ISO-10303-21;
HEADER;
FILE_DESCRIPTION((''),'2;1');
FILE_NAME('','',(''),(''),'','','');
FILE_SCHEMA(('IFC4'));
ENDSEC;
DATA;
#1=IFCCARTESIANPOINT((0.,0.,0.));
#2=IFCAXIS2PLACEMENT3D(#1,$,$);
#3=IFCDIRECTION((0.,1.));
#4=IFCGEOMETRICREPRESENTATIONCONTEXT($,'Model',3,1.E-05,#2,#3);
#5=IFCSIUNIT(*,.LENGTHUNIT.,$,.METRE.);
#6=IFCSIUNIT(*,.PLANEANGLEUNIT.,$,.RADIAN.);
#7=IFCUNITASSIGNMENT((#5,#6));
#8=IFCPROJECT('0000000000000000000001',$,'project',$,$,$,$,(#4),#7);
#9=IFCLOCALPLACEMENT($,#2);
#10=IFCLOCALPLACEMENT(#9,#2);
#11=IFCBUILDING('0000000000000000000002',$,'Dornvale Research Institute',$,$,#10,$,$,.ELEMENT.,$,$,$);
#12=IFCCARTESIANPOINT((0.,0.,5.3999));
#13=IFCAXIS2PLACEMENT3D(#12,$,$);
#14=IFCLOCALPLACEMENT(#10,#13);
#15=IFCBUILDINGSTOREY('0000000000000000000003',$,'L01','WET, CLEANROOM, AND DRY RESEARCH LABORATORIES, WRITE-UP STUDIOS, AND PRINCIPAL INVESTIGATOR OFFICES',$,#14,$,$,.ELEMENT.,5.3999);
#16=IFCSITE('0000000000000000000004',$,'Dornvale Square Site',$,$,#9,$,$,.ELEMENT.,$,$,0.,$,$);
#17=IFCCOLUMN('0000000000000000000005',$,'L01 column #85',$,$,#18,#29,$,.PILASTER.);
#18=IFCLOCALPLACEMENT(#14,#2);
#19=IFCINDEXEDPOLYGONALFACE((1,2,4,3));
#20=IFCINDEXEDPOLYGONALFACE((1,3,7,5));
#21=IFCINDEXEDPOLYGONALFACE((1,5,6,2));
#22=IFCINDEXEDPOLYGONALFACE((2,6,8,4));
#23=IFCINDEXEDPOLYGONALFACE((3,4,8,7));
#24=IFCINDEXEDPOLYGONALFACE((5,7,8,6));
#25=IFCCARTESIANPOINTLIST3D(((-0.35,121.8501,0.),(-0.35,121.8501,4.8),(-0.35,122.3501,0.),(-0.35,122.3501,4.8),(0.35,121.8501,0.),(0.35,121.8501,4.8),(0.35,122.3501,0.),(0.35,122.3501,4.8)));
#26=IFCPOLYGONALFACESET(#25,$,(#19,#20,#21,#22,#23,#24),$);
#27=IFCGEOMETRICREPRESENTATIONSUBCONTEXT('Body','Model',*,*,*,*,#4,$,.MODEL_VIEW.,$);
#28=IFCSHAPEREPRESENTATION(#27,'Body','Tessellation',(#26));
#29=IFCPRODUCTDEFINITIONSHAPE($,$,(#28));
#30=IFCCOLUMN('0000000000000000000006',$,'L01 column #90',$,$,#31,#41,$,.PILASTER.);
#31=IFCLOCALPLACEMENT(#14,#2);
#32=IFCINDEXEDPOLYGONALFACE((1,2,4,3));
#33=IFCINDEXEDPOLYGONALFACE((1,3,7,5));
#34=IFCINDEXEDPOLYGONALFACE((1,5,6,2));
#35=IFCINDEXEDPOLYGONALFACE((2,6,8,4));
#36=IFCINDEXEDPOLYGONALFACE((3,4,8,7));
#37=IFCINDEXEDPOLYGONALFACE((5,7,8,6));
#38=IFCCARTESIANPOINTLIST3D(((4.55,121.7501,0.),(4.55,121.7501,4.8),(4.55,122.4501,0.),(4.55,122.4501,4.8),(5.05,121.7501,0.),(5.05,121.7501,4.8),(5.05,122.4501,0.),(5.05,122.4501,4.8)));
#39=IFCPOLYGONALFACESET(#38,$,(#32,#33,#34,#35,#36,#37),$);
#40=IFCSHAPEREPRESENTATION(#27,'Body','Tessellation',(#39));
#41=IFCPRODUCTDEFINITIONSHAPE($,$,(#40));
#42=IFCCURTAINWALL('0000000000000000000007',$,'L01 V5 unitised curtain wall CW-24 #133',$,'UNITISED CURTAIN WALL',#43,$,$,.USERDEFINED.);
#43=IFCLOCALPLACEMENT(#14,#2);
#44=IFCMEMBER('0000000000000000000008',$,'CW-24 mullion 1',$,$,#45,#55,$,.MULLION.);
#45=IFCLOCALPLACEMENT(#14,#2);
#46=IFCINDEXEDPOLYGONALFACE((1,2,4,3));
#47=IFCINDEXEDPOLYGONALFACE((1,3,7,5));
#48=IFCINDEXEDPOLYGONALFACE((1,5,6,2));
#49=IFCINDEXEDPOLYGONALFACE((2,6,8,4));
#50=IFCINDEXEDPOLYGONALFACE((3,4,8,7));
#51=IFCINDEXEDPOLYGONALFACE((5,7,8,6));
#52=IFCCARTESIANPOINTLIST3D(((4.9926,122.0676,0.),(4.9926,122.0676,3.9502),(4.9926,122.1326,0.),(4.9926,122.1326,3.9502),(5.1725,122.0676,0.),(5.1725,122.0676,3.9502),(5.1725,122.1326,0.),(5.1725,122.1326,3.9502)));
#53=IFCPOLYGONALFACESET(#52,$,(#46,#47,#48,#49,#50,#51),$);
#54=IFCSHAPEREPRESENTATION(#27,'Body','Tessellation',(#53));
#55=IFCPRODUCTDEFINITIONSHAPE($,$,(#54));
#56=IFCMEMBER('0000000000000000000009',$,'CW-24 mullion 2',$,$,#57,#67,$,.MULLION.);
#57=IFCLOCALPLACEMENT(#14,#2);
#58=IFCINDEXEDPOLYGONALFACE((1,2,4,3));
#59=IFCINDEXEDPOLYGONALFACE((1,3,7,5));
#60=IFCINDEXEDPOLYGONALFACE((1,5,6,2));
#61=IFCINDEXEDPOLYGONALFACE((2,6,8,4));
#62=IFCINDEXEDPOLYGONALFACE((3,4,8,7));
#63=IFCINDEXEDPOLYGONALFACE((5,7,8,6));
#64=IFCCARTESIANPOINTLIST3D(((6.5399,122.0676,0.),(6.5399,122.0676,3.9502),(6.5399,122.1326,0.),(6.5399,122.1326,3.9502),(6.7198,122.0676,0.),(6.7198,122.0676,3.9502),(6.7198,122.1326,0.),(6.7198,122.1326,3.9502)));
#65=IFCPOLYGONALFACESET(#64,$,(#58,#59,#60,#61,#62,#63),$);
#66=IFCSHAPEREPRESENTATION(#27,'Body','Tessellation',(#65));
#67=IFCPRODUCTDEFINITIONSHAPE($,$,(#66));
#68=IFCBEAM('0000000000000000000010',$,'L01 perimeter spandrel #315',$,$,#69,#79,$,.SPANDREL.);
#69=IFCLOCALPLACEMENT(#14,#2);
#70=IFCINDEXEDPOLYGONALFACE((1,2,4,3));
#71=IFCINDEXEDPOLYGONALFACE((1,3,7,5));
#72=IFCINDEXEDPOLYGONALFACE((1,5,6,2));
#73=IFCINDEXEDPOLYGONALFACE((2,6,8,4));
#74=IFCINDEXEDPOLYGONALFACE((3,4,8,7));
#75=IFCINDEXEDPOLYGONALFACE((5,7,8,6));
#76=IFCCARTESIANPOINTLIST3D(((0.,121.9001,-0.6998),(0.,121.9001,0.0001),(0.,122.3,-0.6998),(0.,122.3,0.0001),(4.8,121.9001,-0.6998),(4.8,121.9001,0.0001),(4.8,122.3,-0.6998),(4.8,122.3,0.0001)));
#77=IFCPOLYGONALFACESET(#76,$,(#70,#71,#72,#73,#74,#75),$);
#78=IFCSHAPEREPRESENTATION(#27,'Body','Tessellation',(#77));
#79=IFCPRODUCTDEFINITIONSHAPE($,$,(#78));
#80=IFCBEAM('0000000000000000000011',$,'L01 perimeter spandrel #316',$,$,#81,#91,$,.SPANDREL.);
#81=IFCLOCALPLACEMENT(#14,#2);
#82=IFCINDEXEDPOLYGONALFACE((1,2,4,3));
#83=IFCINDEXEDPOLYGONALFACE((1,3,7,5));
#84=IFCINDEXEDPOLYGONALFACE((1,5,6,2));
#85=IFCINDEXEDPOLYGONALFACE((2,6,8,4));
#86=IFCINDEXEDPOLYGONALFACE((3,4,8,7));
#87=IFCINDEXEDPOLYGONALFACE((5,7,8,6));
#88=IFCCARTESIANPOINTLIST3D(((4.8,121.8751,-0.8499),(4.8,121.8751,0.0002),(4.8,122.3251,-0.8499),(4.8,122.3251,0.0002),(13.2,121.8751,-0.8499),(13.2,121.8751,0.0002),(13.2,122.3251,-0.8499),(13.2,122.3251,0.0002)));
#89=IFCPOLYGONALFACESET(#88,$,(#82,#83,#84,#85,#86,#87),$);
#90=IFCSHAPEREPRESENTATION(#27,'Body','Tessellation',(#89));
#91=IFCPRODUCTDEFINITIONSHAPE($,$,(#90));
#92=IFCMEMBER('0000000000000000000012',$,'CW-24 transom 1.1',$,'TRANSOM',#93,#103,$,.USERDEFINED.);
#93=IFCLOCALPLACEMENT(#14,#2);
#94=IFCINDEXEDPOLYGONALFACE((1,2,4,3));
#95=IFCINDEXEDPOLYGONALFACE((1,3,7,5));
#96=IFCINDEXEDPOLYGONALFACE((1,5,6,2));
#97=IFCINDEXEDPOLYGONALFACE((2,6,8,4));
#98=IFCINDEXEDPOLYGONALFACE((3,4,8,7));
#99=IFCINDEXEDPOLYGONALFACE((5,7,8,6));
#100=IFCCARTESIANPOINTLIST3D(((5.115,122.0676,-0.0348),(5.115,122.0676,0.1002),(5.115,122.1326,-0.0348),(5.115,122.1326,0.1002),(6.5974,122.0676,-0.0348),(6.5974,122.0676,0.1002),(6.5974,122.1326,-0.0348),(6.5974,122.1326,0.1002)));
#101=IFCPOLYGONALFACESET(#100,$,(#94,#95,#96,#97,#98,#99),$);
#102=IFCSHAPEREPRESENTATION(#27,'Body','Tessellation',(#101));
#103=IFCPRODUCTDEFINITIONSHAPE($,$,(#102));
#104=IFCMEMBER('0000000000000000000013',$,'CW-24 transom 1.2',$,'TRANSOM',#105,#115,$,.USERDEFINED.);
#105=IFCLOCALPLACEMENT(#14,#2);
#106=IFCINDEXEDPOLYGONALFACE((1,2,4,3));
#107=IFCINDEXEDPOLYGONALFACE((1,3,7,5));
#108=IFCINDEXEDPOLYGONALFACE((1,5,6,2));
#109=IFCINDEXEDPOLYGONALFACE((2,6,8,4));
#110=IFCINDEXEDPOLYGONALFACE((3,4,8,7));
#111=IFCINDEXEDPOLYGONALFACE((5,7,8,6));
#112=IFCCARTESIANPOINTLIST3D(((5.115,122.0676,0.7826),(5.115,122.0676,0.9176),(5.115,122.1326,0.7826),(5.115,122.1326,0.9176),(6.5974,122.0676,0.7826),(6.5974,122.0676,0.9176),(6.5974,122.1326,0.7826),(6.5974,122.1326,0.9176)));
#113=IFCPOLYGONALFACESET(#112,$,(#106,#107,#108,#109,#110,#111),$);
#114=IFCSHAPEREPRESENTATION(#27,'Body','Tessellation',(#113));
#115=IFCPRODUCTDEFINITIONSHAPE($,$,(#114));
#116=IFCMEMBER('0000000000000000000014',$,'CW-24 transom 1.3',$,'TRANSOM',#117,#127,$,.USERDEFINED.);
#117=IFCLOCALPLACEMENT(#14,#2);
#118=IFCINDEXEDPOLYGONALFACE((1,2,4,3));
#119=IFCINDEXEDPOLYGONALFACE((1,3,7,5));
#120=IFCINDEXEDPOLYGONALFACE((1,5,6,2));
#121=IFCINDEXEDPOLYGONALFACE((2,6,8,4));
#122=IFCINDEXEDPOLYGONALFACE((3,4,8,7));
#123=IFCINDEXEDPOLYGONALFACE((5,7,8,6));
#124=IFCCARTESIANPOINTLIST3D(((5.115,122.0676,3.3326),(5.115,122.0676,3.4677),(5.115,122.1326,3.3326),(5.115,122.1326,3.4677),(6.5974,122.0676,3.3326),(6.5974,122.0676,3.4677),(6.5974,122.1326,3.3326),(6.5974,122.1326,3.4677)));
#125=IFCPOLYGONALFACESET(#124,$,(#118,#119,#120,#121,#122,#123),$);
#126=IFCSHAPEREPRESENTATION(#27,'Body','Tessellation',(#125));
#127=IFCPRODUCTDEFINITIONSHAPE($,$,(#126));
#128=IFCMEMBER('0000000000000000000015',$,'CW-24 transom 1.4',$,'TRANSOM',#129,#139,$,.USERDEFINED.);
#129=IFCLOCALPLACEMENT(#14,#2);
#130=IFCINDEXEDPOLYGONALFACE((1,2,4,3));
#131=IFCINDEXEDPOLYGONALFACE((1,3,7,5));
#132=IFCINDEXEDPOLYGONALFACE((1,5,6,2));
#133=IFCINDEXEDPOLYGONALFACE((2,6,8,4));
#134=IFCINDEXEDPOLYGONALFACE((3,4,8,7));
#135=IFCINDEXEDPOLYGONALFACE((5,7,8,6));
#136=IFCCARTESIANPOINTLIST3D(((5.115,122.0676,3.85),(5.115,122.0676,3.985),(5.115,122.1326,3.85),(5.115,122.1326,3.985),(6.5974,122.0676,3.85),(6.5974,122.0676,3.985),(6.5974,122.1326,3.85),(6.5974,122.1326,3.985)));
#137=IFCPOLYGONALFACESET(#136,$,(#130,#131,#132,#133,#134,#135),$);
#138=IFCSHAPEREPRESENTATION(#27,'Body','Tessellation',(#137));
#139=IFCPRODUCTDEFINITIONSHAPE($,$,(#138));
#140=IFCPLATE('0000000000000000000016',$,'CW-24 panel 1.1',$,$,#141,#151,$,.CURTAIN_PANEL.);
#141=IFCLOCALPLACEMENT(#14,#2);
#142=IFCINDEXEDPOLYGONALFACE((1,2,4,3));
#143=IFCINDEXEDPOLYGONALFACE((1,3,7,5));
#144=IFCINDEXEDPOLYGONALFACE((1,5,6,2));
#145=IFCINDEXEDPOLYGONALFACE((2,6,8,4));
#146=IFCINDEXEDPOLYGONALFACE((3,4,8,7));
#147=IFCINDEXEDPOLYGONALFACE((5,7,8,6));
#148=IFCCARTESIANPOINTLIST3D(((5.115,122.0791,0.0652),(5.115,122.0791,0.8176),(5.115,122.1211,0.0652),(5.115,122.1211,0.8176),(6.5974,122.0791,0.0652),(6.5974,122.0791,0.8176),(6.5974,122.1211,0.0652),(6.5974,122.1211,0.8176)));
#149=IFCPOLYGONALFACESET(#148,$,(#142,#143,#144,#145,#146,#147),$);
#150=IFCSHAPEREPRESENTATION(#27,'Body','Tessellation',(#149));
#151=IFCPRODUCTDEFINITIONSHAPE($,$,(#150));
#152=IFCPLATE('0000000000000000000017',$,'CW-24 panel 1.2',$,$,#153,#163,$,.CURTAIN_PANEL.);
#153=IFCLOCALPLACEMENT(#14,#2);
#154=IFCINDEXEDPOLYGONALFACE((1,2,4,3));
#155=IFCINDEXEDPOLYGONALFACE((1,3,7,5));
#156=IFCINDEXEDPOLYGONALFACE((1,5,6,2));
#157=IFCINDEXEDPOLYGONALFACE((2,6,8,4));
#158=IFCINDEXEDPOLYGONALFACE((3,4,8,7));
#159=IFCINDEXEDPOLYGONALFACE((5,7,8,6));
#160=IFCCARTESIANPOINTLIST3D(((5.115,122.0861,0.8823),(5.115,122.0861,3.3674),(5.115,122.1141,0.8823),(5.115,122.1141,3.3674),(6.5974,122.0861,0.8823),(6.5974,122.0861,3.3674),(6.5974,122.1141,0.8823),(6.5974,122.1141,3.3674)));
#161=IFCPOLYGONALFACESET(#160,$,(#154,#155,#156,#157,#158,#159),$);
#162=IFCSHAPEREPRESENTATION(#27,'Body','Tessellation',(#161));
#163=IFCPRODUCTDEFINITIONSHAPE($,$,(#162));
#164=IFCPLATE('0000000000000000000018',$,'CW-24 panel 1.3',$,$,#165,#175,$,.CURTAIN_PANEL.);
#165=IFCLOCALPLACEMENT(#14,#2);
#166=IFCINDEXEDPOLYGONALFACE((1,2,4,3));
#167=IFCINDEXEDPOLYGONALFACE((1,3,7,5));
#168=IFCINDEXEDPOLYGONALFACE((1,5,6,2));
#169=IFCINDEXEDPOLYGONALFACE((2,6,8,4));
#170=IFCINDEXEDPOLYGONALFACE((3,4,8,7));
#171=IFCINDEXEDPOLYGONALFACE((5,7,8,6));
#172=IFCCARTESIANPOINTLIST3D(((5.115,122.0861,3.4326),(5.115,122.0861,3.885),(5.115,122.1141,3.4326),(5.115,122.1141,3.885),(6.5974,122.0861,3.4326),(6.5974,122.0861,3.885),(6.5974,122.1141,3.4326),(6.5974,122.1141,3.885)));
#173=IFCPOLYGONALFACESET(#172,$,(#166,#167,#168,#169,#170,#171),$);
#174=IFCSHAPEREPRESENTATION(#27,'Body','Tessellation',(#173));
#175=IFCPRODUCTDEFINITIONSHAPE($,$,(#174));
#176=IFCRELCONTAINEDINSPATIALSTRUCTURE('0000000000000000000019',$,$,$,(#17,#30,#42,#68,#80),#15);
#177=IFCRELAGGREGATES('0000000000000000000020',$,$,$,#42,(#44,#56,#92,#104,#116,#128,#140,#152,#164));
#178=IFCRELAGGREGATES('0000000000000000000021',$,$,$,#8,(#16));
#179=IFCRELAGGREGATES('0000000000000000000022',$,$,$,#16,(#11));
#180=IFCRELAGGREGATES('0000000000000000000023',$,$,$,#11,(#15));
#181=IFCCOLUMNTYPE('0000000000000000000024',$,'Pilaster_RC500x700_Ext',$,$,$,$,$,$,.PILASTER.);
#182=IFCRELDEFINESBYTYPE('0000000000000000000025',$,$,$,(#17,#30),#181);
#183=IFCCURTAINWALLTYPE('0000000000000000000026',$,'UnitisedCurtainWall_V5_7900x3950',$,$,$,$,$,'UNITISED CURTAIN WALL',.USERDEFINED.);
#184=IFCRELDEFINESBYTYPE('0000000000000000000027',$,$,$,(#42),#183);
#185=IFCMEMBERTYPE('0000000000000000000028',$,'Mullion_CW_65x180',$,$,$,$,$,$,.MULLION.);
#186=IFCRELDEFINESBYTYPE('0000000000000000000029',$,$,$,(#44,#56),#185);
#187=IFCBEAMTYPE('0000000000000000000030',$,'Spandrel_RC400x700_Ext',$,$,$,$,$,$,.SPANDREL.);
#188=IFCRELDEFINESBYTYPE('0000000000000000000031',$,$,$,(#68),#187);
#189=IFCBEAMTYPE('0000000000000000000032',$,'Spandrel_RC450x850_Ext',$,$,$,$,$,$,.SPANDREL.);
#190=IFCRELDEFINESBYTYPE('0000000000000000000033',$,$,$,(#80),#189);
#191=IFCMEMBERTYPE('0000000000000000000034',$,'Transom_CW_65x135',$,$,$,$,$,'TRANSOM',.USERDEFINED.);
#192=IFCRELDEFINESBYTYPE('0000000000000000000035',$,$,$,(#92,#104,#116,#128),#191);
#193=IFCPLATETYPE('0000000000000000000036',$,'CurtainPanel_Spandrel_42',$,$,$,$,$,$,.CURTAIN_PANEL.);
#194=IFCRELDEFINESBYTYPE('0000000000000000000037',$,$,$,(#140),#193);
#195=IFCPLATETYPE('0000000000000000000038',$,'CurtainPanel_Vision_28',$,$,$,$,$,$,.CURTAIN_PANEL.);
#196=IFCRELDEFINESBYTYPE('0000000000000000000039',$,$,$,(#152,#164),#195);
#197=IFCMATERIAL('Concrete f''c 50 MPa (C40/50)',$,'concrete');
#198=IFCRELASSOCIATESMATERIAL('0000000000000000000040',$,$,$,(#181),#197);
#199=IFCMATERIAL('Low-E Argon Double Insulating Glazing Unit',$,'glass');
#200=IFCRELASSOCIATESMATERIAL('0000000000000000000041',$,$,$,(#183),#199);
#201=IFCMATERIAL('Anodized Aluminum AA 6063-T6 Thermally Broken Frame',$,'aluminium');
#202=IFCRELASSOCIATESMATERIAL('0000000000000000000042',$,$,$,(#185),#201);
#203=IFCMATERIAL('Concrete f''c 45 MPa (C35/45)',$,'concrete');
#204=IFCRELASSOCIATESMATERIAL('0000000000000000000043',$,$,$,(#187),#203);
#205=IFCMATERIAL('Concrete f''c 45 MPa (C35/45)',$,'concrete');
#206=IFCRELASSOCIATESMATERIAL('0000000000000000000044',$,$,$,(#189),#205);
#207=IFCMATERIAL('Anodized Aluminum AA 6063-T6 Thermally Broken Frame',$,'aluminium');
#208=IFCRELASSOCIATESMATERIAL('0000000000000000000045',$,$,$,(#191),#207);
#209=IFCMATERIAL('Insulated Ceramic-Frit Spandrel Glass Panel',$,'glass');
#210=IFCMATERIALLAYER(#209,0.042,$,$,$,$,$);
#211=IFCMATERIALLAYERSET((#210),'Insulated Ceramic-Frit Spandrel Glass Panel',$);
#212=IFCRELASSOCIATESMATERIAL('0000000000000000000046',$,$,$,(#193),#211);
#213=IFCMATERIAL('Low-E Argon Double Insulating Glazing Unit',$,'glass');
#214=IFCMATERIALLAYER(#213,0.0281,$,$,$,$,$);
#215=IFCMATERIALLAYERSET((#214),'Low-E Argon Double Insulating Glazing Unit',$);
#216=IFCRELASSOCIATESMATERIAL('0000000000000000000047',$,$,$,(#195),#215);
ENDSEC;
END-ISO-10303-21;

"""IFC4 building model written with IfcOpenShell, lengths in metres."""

from ifc_helpers import new_model, si_unit, direction, frame, origin, origin_2d, place, context, subcontext, project, spatial, rectangle, extrude, material, layer, layer_set, material_profile, profile_set, type_object, element, aggregate, save


model = new_model("IFC4")

# Units and contexts
model_context = context("Model", 3, precision=1e-05, world=origin(), true_north=direction((0.0, 1.0)))
body_context = subcontext(model_context, "Body", "Model", "MODEL_VIEW")
ifc_project = project(units=[si_unit("LENGTHUNIT", "METRE"), si_unit("PLANEANGLEUNIT", "RADIAN")], contexts=[model_context])

# Site, building, storey
site_placement = place(None, origin())
site = spatial("IfcSite", under=ifc_project, at=site_placement, Name="Dornvale Square Site", CompositionType="ELEMENT", RefElevation=0.0)
building_placement = place(site_placement, origin())
building = spatial("IfcBuilding", under=site, at=building_placement, Name="Dornvale Research Institute", CompositionType="ELEMENT")
storey_placement = place(building_placement, frame((0.0, 0.0, 5.3999)))
storey = spatial("IfcBuildingStorey", under=building, at=storey_placement, Name="L01", Description="WET, CLEANROOM, AND DRY RESEARCH LABORATORIES, WRITE-UP STUDIOS, AND PRINCIPAL INVESTIGATOR OFFICES", CompositionType="ELEMENT", Elevation=5.3999)

# Columns
ifc_material_1 = material(Name="Concrete f'c 50 MPa (C40/50)", Category="concrete")
ifc_material_profile_1 = material_profile(ifc_material_1, rectangle(XDim=0.5, YDim=0.7, at=origin_2d()), Name="RC 500x700")
ifc_profile_set_1 = profile_set([ifc_material_profile_1], Name="Concrete f'c 50 MPa (C40/50)")
column_type = type_object("IfcColumnType", Name="Pilaster_RC500x700_Ext", PredefinedType="PILASTER", material=ifc_profile_set_1)
for number, where, z_axis, x_axis, name in (
    (1, (0.0, 122.1001, 0.0), (0.0, 0.0, 1.0), (0.0, 1.0, 0.0), "L01 column #85"),
    (2, (4.8, 122.1001, 0.0), (0.0, 0.0, 1.0), (1.0, 0.0, 0.0), "L01 column #90"),
):
    element("IfcColumn", number, at=place(storey_placement, frame(where, z_axis=z_axis, x_axis=x_axis)), inside=storey, type_object=column_type, Name=name, PredefinedType="PILASTER", context=body_context, shape_type="SweptSolid", body=[
        extrude(rectangle(XDim=0.5, YDim=0.7, at=origin_2d()), origin(), (0.0, 0.0, 1.0), 4.8),
    ])

# Curtain wall, members
ifc_material_2 = material(Name="Low-E Argon Double Insulating Glazing Unit", Category="glass")
curtain_wall_type = type_object("IfcCurtainWallType", Name="UnitisedCurtainWall_V5_7900x3950", ElementType="UNITISED CURTAIN WALL", PredefinedType="USERDEFINED", material=ifc_material_2)
curtain_wall_placement = place(storey_placement, origin())
curtain_wall = element("IfcCurtainWall", 3, at=curtain_wall_placement, inside=storey, type_object=curtain_wall_type, Name="L01 V5 unitised curtain wall CW-24 #133", ObjectType="UNITISED CURTAIN WALL", PredefinedType="USERDEFINED")
ifc_material_3 = material(Name="Anodized Aluminum AA 6063-T6 Thermally Broken Frame", Category="aluminium")
ifc_material_profile_2 = material_profile(ifc_material_3, rectangle(XDim=0.0649, YDim=0.1799, at=origin_2d()), Name="ALU MULLION 65x180")
ifc_profile_set_2 = profile_set([ifc_material_profile_2], Name="Anodized Aluminum AA 6063-T6 Thermally Broken Frame")
member_type_1 = type_object("IfcMemberType", Name="Mullion_CW_65x180", PredefinedType="MULLION", material=ifc_profile_set_2)
member_1_placement = place(storey_placement, frame((5.0825, 122.1001, 0.0), z_axis=(0.0, 0.0, 1.0), x_axis=(0.0, 1.0, 0.0)))
member_1 = element("IfcMember", 4, at=member_1_placement, type_object=member_type_1, Name="CW-24 mullion 1", PredefinedType="MULLION", context=body_context, shape_type="SweptSolid", body=[
    extrude(rectangle(XDim=0.0649, YDim=0.1799, at=origin_2d()), origin(), (0.0, 0.0, 1.0), 3.9502),
])
member_2_placement = place(storey_placement, frame((6.6299, 122.1001, 0.0), z_axis=(0.0, 0.0, 1.0), x_axis=(0.0, 1.0, 0.0)))
member_2 = element("IfcMember", 5, at=member_2_placement, type_object=member_type_1, Name="CW-24 mullion 2", PredefinedType="MULLION", context=body_context, shape_type="SweptSolid", body=[
    extrude(rectangle(XDim=0.0649, YDim=0.1799, at=origin_2d()), origin(), (0.0, 0.0, 1.0), 3.9502),
])

# Beams
ifc_material_4 = material(Name="Concrete f'c 45 MPa (C35/45)", Category="concrete")
ifc_material_profile_3 = material_profile(ifc_material_4, rectangle(XDim=0.3999, YDim=0.7, at=origin_2d()), Name="RC 400x700")
ifc_profile_set_3 = profile_set([ifc_material_profile_3], Name="Concrete f'c 45 MPa (C35/45)")
beam_type_1 = type_object("IfcBeamType", Name="Spandrel_RC400x700_Ext", PredefinedType="SPANDREL", material=ifc_profile_set_3)
beam_1_placement = place(storey_placement, frame((0.0, 122.1001, -0.3499), z_axis=(1.0, 0.0, 0.0), x_axis=(0.0, 1.0, 0.0)))
element("IfcBeam", 6, at=beam_1_placement, inside=storey, type_object=beam_type_1, Name="L01 perimeter spandrel #315", PredefinedType="SPANDREL", context=body_context, shape_type="SweptSolid", body=[
    extrude(rectangle(XDim=0.3999, YDim=0.7, at=origin_2d()), origin(), (0.0, 0.0, 1.0), 4.8),
])
ifc_material_5 = material(Name="Concrete f'c 45 MPa (C35/45)", Category="concrete")
ifc_material_profile_4 = material_profile(ifc_material_5, rectangle(XDim=0.45, YDim=0.8501, at=origin_2d()), Name="RC 450x850")
ifc_profile_set_4 = profile_set([ifc_material_profile_4], Name="Concrete f'c 45 MPa (C35/45)")
beam_type_2 = type_object("IfcBeamType", Name="Spandrel_RC450x850_Ext", PredefinedType="SPANDREL", material=ifc_profile_set_4)
beam_2_placement = place(storey_placement, frame((4.8, 122.1001, -0.4248), z_axis=(1.0, 0.0, 0.0), x_axis=(0.0, 1.0, 0.0)))
element("IfcBeam", 7, at=beam_2_placement, inside=storey, type_object=beam_type_2, Name="L01 perimeter spandrel #316", PredefinedType="SPANDREL", context=body_context, shape_type="SweptSolid", body=[
    extrude(rectangle(XDim=0.45, YDim=0.8501, at=origin_2d()), origin(), (0.0, 0.0, 1.0), 8.3999),
])

# Members
ifc_material_6 = material(Name="Anodized Aluminum AA 6063-T6 Thermally Broken Frame", Category="aluminium")
ifc_material_profile_5 = material_profile(ifc_material_6, rectangle(XDim=0.0649, YDim=0.135, at=origin_2d()), Name="ALU TRANSOM 65x135")
ifc_profile_set_5 = profile_set([ifc_material_profile_5], Name="Anodized Aluminum AA 6063-T6 Thermally Broken Frame")
member_type_2 = type_object("IfcMemberType", Name="Transom_CW_65x135", ElementType="TRANSOM", PredefinedType="USERDEFINED", material=ifc_profile_set_5)
member_3_placement = place(storey_placement, frame((5.115, 122.1001, 0.0327), z_axis=(1.0, 0.0, 0.0), x_axis=(0.0, 1.0, 0.0)))
member_3 = element("IfcMember", 8, at=member_3_placement, type_object=member_type_2, Name="CW-24 transom 1.1", ObjectType="TRANSOM", PredefinedType="USERDEFINED", context=body_context, shape_type="SweptSolid", body=[
    extrude(rectangle(XDim=0.0649, YDim=0.135, at=origin_2d()), origin(), (0.0, 0.0, 1.0), 1.4824),
])
member_4_placement = place(storey_placement, frame((5.115, 122.1001, 0.8501), z_axis=(1.0, 0.0, 0.0), x_axis=(0.0, 1.0, 0.0)))
member_4 = element("IfcMember", 9, at=member_4_placement, type_object=member_type_2, Name="CW-24 transom 1.2", ObjectType="TRANSOM", PredefinedType="USERDEFINED", context=body_context, shape_type="SweptSolid", body=[
    extrude(rectangle(XDim=0.0649, YDim=0.135, at=origin_2d()), origin(), (0.0, 0.0, 1.0), 1.4824),
])
member_5_placement = place(storey_placement, frame((5.115, 122.1001, 3.4001), z_axis=(1.0, 0.0, 0.0), x_axis=(0.0, 1.0, 0.0)))
member_5 = element("IfcMember", 10, at=member_5_placement, type_object=member_type_2, Name="CW-24 transom 1.3", ObjectType="TRANSOM", PredefinedType="USERDEFINED", context=body_context, shape_type="SweptSolid", body=[
    extrude(rectangle(XDim=0.0649, YDim=0.135, at=origin_2d()), origin(), (0.0, 0.0, 1.0), 1.4824),
])
member_6_placement = place(storey_placement, frame((5.115, 122.1001, 3.9175), z_axis=(1.0, 0.0, 0.0), x_axis=(0.0, 1.0, 0.0)))
member_6 = element("IfcMember", 11, at=member_6_placement, type_object=member_type_2, Name="CW-24 transom 1.4", ObjectType="TRANSOM", PredefinedType="USERDEFINED", context=body_context, shape_type="SweptSolid", body=[
    extrude(rectangle(XDim=0.0649, YDim=0.135, at=origin_2d()), origin(), (0.0, 0.0, 1.0), 1.4824),
])

# Plates
ifc_material_7 = material(Name="Insulated Ceramic-Frit Spandrel Glass Panel", Category="glass")
ifc_layer_1 = layer(ifc_material_7, 0.042)
ifc_layer_set_1 = layer_set([ifc_layer_1], Name="Insulated Ceramic-Frit Spandrel Glass Panel")
plate_type_1 = type_object("IfcPlateType", Name="CurtainPanel_Spandrel_42", PredefinedType="CURTAIN_PANEL", material=ifc_layer_set_1)
plate_1_placement = place(storey_placement, frame((5.8562, 122.1001, 0.0652), z_axis=(0.0, 0.0, 1.0), x_axis=(1.0, 0.0, 0.0)))
plate_1 = element("IfcPlate", 12, at=plate_1_placement, type_object=plate_type_1, Name="CW-24 panel 1.1", PredefinedType="CURTAIN_PANEL", context=body_context, shape_type="SweptSolid", body=[
    extrude(rectangle(XDim=1.4824, YDim=0.042, at=origin_2d()), origin(), (0.0, 0.0, 1.0), 0.7524),
])
ifc_material_8 = material(Name="Low-E Argon Double Insulating Glazing Unit", Category="glass")
ifc_layer_2 = layer(ifc_material_8, 0.0281)
ifc_layer_set_2 = layer_set([ifc_layer_2], Name="Low-E Argon Double Insulating Glazing Unit")
plate_type_2 = type_object("IfcPlateType", Name="CurtainPanel_Vision_28", PredefinedType="CURTAIN_PANEL", material=ifc_layer_set_2)
plate_2_placement = place(storey_placement, frame((5.8562, 122.1001, 0.8823), z_axis=(0.0, 0.0, 1.0), x_axis=(1.0, 0.0, 0.0)))
plate_2 = element("IfcPlate", 13, at=plate_2_placement, type_object=plate_type_2, Name="CW-24 panel 1.2", PredefinedType="CURTAIN_PANEL", context=body_context, shape_type="SweptSolid", body=[
    extrude(rectangle(XDim=1.4824, YDim=0.0281, at=origin_2d()), origin(), (0.0, 0.0, 1.0), 2.4851),
])
plate_3_placement = place(storey_placement, frame((5.8562, 122.1001, 3.4326), z_axis=(0.0, 0.0, 1.0), x_axis=(1.0, 0.0, 0.0)))
plate_3 = element("IfcPlate", 14, at=plate_3_placement, type_object=plate_type_2, Name="CW-24 panel 1.3", PredefinedType="CURTAIN_PANEL", context=body_context, shape_type="SweptSolid", body=[
    extrude(rectangle(XDim=1.4824, YDim=0.0281, at=origin_2d()), origin(), (0.0, 0.0, 1.0), 0.4524),
])
aggregate(curtain_wall, [member_1, member_2, member_3, member_4, member_5, member_6, plate_1, plate_2, plate_3])

save(model, "model.ifc")
